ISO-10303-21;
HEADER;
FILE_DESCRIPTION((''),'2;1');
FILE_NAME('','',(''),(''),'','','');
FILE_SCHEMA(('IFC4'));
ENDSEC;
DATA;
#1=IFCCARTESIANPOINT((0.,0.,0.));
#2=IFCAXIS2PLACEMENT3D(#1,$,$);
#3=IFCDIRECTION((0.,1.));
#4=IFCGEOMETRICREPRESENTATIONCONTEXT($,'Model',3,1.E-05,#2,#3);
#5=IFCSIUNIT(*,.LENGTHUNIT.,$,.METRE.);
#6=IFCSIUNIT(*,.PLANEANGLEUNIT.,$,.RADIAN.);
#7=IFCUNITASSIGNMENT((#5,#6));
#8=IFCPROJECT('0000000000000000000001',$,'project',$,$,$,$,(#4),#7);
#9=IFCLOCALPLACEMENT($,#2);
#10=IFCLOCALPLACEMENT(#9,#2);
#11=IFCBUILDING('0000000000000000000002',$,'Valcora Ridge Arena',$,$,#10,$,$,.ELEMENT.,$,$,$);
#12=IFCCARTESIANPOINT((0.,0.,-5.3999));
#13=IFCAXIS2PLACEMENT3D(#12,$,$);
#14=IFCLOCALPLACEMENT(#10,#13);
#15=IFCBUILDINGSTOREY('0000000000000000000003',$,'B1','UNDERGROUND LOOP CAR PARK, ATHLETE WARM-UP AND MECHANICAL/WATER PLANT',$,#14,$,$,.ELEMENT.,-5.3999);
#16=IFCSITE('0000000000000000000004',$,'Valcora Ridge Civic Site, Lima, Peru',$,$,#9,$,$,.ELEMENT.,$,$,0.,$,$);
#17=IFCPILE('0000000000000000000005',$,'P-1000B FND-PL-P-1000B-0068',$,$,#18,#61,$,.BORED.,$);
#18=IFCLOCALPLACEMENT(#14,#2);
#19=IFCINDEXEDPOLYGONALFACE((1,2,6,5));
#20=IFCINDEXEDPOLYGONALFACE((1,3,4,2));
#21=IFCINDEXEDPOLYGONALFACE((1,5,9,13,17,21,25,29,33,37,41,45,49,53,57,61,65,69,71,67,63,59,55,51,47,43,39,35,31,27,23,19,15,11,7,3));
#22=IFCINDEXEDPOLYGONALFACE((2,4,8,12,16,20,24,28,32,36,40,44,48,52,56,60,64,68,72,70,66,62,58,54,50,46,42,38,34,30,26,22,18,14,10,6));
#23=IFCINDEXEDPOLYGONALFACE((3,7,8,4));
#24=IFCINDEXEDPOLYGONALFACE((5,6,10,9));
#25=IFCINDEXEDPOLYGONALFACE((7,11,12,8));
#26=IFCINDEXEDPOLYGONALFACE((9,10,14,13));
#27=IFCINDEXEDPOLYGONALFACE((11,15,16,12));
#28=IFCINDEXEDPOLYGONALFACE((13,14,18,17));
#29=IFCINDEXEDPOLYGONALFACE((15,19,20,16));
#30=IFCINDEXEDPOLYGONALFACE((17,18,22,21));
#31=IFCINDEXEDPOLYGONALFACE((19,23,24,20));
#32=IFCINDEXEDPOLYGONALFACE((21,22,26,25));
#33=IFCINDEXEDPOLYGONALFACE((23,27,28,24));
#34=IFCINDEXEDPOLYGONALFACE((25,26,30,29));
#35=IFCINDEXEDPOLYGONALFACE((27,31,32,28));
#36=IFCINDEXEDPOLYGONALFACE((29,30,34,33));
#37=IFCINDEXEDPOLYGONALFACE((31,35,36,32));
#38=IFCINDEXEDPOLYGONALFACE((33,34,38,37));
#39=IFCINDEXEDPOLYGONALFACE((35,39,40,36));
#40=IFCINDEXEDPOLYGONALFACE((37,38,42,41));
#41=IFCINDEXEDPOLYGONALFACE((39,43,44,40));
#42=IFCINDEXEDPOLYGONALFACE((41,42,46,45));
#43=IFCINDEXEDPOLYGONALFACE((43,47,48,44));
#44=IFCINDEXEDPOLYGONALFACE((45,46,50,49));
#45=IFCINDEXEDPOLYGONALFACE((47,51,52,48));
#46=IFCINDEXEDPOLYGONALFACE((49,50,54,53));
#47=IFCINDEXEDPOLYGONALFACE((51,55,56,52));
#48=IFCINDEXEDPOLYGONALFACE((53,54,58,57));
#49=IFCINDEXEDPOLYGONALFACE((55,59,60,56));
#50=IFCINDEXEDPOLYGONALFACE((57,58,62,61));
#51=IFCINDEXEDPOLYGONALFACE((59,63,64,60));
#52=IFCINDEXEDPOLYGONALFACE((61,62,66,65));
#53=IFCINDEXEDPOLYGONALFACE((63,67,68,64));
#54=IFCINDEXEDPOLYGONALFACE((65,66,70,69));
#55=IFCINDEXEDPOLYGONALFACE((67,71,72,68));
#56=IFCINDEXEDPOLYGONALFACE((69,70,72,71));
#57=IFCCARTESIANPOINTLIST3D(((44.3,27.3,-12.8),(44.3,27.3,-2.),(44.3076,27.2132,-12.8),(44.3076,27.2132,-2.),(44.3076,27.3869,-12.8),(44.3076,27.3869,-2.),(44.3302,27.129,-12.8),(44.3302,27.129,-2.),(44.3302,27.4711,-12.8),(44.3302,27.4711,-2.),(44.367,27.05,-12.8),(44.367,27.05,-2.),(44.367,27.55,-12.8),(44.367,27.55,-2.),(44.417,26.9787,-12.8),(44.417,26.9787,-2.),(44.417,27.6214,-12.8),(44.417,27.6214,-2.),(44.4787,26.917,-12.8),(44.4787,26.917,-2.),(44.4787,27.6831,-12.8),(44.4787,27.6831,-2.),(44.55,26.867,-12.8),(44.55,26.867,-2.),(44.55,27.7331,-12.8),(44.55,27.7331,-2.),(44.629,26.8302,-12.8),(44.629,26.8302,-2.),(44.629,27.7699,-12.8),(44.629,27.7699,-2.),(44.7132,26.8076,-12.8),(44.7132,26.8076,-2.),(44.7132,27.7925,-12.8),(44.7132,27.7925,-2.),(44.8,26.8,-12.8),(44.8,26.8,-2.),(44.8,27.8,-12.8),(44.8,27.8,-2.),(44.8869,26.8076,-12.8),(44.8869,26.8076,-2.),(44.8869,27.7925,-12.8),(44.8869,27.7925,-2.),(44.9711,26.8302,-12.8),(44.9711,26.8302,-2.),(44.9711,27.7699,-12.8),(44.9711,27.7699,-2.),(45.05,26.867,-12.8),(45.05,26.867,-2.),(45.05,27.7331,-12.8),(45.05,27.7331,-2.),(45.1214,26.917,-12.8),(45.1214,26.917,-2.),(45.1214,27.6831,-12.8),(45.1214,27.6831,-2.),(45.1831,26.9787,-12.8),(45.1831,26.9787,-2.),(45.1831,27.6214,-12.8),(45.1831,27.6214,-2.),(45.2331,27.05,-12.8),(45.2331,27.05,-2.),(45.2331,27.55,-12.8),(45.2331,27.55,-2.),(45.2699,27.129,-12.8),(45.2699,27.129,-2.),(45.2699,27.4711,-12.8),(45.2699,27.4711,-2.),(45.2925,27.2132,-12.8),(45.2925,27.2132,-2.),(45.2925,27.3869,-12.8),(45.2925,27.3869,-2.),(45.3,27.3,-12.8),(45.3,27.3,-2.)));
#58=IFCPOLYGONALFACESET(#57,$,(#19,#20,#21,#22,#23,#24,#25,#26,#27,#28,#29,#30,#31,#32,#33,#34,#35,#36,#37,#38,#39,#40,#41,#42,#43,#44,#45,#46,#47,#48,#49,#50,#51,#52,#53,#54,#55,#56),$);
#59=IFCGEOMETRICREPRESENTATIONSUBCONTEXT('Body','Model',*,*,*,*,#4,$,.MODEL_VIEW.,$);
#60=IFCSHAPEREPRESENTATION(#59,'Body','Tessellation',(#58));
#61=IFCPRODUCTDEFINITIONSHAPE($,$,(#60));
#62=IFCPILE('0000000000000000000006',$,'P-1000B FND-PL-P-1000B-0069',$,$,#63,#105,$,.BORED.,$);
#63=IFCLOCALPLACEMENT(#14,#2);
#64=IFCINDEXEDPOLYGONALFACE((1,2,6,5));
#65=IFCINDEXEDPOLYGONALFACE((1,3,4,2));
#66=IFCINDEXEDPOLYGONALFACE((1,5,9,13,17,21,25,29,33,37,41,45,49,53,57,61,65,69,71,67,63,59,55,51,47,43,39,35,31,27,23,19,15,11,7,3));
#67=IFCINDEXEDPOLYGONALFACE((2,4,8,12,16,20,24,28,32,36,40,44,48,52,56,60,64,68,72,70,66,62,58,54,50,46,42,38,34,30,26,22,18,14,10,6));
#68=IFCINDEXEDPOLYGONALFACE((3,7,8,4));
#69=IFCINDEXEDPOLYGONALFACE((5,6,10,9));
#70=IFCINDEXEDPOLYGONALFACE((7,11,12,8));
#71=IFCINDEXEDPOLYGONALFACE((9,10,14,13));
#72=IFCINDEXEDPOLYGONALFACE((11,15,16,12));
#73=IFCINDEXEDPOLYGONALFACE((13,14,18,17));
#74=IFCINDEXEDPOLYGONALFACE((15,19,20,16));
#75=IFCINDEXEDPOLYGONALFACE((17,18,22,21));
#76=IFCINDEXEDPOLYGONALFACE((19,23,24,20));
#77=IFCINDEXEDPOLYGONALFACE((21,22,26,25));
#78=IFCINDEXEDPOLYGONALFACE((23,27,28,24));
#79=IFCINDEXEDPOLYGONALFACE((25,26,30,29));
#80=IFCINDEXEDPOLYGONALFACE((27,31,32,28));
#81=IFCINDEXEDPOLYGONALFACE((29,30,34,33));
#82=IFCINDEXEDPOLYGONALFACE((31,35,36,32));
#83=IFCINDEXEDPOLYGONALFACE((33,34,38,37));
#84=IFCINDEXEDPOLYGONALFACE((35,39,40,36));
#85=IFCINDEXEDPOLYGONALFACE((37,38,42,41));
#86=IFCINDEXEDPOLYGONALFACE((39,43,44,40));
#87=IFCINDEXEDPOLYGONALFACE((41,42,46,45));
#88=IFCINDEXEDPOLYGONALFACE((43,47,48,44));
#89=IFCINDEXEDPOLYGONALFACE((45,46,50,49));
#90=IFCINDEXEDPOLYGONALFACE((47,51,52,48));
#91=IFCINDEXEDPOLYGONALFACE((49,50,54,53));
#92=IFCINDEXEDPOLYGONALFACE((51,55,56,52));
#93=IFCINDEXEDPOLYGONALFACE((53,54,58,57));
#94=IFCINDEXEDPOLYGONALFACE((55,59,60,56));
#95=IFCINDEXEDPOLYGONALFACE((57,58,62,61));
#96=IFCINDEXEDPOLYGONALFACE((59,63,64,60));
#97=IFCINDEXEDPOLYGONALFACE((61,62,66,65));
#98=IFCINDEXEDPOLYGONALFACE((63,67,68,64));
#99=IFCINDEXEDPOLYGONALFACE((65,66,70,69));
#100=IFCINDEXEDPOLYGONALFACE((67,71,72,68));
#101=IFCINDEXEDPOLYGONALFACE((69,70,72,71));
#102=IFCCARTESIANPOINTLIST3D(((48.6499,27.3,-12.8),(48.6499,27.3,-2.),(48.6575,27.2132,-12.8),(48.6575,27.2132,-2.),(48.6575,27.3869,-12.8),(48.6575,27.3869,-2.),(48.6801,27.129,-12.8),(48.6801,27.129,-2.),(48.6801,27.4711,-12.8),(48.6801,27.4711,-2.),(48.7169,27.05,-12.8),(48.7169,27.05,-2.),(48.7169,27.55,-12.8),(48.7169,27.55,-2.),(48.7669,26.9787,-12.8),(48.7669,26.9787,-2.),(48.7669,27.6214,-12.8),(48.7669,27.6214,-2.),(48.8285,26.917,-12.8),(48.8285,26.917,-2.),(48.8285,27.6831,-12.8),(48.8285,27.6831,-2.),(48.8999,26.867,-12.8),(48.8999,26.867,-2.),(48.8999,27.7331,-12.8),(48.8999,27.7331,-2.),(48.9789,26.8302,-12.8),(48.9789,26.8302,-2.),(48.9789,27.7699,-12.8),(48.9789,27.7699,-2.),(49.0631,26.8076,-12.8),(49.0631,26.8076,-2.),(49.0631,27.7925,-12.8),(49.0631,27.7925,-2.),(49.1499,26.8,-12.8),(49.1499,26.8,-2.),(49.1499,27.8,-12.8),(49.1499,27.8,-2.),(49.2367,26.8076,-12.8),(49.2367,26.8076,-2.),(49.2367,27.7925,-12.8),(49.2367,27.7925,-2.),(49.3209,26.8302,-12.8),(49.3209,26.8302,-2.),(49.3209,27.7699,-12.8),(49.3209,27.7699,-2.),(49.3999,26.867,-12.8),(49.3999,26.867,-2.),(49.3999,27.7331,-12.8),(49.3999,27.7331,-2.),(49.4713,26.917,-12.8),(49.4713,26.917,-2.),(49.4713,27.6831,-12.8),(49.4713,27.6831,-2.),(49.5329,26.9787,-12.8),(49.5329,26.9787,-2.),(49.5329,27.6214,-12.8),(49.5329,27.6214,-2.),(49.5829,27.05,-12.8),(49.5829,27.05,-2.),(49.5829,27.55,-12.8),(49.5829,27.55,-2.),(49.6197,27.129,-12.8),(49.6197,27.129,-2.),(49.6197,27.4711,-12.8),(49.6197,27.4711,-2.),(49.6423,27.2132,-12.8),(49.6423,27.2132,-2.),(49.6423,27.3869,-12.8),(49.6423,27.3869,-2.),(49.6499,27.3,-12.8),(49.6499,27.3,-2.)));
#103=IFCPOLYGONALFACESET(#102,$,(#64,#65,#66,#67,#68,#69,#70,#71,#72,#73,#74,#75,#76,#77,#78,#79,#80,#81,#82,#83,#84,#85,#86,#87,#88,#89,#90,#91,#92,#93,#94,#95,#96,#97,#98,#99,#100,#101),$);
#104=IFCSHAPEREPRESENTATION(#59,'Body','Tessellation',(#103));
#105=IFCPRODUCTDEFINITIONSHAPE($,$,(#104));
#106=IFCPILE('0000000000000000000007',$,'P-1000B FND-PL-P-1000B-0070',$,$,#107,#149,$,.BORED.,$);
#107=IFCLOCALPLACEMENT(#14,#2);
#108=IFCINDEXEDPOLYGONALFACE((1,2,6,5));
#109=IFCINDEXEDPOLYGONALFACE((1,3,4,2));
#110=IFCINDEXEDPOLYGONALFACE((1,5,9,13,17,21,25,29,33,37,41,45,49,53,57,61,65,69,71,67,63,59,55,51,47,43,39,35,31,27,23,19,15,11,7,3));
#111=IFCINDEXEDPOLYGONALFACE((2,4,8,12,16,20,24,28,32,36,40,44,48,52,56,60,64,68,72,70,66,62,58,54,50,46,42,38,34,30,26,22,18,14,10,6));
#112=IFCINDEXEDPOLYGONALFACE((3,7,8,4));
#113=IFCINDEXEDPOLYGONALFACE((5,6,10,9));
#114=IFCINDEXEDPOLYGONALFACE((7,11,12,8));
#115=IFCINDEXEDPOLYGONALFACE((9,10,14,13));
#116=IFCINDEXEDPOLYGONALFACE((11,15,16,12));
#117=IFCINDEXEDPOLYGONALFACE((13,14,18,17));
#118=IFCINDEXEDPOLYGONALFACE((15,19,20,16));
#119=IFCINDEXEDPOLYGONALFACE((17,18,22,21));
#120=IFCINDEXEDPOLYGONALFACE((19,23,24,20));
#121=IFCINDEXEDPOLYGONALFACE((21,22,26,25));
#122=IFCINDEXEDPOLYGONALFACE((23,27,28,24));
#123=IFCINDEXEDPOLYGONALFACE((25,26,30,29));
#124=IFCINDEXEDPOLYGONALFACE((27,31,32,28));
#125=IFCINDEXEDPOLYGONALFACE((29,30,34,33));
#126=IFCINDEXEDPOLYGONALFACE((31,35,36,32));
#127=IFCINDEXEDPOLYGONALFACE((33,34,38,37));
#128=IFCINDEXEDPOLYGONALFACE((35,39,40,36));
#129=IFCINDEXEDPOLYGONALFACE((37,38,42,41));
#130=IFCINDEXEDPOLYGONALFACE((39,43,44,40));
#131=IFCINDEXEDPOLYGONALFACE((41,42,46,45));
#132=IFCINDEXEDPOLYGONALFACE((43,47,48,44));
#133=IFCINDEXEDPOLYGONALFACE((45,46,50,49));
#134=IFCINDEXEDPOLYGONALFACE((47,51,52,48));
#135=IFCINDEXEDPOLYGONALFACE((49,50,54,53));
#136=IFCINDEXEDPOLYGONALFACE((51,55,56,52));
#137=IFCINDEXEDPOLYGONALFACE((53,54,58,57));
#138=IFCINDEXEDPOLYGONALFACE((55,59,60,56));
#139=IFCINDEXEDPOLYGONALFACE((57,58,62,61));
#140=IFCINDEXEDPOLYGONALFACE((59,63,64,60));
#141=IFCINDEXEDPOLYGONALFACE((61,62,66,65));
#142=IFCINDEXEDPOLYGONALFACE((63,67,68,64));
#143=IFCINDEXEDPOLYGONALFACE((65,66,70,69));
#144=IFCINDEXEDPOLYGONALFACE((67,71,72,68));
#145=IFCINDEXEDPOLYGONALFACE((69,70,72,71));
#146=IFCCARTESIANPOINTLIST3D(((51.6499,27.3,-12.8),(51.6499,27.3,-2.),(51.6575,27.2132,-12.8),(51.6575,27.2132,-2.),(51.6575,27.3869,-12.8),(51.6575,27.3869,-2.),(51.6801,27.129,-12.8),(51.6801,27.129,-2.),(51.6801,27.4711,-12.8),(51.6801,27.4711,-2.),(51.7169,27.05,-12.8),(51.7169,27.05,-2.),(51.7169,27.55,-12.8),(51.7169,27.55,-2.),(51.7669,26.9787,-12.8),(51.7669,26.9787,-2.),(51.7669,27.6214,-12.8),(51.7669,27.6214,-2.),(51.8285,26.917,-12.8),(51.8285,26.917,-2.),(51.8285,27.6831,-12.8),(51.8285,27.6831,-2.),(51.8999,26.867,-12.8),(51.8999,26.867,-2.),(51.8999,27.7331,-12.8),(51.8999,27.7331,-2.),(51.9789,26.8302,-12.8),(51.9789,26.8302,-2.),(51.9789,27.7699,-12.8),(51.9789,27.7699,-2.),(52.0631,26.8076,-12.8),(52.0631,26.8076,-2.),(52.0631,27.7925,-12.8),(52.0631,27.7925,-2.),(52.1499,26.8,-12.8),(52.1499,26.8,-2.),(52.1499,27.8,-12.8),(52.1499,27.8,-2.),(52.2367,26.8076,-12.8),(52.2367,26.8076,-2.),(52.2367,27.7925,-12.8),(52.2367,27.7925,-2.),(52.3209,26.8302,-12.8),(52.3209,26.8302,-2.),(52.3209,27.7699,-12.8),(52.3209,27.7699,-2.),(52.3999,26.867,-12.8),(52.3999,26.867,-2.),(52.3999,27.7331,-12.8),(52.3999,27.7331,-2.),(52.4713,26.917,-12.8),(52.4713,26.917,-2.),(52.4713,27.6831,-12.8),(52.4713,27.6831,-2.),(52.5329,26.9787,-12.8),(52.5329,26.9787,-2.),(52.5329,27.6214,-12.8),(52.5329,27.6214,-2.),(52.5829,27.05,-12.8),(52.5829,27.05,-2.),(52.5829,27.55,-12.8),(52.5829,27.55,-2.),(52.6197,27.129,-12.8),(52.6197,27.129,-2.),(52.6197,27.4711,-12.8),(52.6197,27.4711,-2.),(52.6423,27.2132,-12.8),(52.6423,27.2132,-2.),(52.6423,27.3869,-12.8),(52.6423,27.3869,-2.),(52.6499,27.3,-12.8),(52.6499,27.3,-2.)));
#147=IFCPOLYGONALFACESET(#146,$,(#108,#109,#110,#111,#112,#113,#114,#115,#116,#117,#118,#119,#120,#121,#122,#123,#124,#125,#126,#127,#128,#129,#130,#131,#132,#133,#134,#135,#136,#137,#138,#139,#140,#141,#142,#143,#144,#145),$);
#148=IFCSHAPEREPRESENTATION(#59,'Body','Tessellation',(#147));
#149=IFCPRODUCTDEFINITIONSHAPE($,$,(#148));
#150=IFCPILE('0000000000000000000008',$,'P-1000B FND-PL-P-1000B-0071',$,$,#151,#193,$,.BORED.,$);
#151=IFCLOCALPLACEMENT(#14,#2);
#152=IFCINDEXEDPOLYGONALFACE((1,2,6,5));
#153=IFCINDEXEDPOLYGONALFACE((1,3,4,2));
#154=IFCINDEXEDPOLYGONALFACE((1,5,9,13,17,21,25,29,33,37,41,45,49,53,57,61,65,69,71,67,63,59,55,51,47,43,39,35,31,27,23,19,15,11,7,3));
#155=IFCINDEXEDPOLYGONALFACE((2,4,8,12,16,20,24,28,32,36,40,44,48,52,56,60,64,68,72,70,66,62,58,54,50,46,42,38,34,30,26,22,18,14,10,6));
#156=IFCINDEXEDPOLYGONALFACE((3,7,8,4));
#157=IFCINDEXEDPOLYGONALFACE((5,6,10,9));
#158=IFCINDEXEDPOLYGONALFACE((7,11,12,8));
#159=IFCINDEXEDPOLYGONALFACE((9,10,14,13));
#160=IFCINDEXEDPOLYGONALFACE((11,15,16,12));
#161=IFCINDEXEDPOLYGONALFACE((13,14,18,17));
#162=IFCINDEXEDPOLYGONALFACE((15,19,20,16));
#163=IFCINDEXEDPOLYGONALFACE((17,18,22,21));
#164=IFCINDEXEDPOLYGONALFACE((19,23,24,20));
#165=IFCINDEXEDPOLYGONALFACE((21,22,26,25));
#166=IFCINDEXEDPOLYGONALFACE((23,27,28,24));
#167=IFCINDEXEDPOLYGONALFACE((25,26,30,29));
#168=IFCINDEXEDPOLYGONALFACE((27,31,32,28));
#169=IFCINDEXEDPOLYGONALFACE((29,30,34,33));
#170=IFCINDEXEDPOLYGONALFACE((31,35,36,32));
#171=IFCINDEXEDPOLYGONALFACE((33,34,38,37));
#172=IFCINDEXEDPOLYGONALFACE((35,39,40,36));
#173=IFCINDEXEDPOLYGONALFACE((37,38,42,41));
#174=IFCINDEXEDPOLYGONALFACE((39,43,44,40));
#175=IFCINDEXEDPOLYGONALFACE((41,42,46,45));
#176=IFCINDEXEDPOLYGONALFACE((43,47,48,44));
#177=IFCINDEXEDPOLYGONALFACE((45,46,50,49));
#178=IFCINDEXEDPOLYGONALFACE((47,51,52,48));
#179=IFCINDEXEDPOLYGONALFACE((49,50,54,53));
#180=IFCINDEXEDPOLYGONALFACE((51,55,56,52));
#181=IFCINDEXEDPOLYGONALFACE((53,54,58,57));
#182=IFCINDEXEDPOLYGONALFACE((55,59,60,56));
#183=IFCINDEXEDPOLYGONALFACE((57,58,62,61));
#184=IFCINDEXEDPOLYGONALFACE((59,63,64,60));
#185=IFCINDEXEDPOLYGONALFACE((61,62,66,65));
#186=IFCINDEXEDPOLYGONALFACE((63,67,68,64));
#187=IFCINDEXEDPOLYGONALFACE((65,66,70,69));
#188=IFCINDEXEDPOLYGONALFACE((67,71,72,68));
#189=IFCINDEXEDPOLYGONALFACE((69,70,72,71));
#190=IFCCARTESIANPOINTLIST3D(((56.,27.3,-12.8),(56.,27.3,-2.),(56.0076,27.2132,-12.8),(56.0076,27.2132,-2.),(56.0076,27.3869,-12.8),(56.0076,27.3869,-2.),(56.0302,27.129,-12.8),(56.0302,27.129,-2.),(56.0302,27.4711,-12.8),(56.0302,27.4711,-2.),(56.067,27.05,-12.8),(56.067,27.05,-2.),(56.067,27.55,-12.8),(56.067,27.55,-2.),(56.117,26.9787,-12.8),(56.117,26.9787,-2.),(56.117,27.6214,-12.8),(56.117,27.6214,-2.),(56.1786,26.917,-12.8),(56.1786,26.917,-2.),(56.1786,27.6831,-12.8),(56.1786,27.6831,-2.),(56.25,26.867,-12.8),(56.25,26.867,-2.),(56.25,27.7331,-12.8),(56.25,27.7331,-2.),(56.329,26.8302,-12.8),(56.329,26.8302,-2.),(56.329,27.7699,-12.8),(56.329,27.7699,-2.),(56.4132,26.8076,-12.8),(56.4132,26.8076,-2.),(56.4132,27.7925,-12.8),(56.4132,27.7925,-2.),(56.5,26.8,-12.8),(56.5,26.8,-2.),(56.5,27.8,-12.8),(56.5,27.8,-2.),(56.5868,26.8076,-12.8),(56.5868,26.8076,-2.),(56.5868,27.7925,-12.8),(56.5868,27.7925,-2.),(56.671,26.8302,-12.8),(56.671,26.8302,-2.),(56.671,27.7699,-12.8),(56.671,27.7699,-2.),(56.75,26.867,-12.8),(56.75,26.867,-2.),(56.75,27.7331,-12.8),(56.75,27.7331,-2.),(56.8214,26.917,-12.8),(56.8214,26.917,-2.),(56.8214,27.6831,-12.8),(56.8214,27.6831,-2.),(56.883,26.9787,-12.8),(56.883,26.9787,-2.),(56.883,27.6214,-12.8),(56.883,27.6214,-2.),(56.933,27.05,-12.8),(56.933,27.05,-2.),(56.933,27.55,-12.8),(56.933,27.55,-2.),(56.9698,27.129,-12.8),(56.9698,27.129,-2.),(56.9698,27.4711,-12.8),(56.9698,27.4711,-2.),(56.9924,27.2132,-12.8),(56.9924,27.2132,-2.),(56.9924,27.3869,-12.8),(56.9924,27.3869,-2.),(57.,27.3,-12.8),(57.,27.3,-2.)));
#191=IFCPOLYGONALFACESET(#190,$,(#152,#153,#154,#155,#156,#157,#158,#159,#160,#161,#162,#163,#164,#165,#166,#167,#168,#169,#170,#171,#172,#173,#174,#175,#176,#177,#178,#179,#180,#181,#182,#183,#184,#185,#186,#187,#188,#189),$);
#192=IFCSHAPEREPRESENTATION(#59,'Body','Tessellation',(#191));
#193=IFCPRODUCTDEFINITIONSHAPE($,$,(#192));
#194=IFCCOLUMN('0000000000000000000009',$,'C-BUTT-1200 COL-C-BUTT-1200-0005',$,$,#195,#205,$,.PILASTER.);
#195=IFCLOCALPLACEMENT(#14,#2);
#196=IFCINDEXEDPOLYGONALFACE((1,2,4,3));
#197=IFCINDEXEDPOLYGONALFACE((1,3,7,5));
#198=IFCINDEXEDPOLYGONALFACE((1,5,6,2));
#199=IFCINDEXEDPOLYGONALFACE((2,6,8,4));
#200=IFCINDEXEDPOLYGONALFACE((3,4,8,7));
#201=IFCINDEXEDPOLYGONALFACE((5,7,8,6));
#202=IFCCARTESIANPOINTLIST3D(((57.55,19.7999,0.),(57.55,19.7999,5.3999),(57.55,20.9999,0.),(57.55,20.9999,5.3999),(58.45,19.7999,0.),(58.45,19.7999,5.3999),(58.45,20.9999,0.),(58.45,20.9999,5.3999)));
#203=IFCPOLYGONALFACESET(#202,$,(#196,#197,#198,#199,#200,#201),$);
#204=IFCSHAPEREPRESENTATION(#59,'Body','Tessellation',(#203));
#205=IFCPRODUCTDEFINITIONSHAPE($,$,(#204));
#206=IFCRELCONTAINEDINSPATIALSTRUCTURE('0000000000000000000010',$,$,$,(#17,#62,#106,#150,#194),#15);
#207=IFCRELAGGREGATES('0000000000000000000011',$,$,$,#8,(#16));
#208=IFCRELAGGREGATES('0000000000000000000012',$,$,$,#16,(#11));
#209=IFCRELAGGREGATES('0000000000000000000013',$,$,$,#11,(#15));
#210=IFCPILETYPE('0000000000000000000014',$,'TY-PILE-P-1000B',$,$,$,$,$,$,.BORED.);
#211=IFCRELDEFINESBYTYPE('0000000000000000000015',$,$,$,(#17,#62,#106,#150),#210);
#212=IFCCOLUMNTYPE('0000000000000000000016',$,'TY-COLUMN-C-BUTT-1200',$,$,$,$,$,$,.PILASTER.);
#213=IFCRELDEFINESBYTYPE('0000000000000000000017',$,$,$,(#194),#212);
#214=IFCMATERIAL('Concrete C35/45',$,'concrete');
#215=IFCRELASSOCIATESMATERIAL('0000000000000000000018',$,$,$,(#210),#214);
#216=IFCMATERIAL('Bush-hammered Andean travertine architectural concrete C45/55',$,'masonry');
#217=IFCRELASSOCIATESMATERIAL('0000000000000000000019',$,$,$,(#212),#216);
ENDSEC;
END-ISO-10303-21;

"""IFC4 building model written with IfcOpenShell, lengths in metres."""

from ifc_helpers import new_model, si_unit, direction, frame, origin, origin_2d, place, context, subcontext, project, spatial, rectangle, circle, extrude, material, material_profile, profile_set, type_object, element, save


model = new_model("IFC4")

# Units and contexts
model_context = context("Model", 3, precision=1e-05, world=origin(), true_north=direction((0.0, 1.0)))
body_context = subcontext(model_context, "Body", "Model", "MODEL_VIEW")
ifc_project = project(units=[si_unit("LENGTHUNIT", "METRE"), si_unit("PLANEANGLEUNIT", "RADIAN")], contexts=[model_context])

# Site, building, storey
site_placement = place(None, origin())
site = spatial("IfcSite", under=ifc_project, at=site_placement, Name="Valcora Ridge Civic Site, Lima, Peru", CompositionType="ELEMENT", RefElevation=0.0)
building_placement = place(site_placement, origin())
building = spatial("IfcBuilding", under=site, at=building_placement, Name="Valcora Ridge Arena", CompositionType="ELEMENT")
storey_placement = place(building_placement, frame((0.0, 0.0, -5.3999)))
storey = spatial("IfcBuildingStorey", under=building, at=storey_placement, Name="B1", Description="UNDERGROUND LOOP CAR PARK, ATHLETE WARM-UP AND MECHANICAL/WATER PLANT", CompositionType="ELEMENT", Elevation=-5.3999)

# Piles
ifc_material_1 = material(Name="Concrete C35/45", Category="concrete")
ifc_material_profile_1 = material_profile(ifc_material_1, circle(Radius=0.5, at=origin_2d()), Name="BORED PILE D1000")
ifc_profile_set_1 = profile_set([ifc_material_profile_1], Name="Concrete C35/45")
pile_type_1 = type_object("IfcPileType", Name="TY-PILE-P-1000B", PredefinedType="BORED", material=ifc_profile_set_1)
for number, where, z_axis, x_axis, name in (
    (1, (44.8, 27.3, -2.0), (0.0, 0.0, -1.0), (1.0, 0.0, 0.0), "P-1000B FND-PL-P-1000B-0068"),
    (2, (49.1499, 27.3, -2.0), (0.0, 0.0, -1.0), (1.0, 0.0, 0.0), "P-1000B FND-PL-P-1000B-0069"),
    (3, (52.1499, 27.3, -2.0), (0.0, 0.0, -1.0), (1.0, 0.0, 0.0), "P-1000B FND-PL-P-1000B-0070"),
    (4, (56.5, 27.3, -2.0), (0.0, 0.0, -1.0), (1.0, 0.0, 0.0), "P-1000B FND-PL-P-1000B-0071"),
):
    element("IfcPile", number, at=place(storey_placement, frame(where, z_axis=z_axis, x_axis=x_axis)), inside=storey, type_object=pile_type_1, Name=name, PredefinedType="BORED", context=body_context, shape_type="SweptSolid", body=[
        extrude(circle(Radius=0.5, at=origin_2d()), origin(), (0.0, 0.0, 1.0), 10.8),
    ])

# Column
ifc_material_2 = material(Name="Bush-hammered Andean travertine architectural concrete C45/55", Category="masonry")
ifc_material_profile_2 = material_profile(ifc_material_2, rectangle(XDim=0.8999, YDim=1.2, at=origin_2d()), Name="RC 900x1200")
ifc_profile_set_2 = profile_set([ifc_material_profile_2], Name="Bush-hammered Andean travertine architectural concrete C45/55")
column_type_1 = type_object("IfcColumnType", Name="TY-COLUMN-C-BUTT-1200", PredefinedType="PILASTER", material=ifc_profile_set_2)
column_placement = place(storey_placement, frame((58.0, 20.3999, 0.0), z_axis=(0.0, 0.0, 1.0), x_axis=(1.0, 0.0, 0.0)))
element("IfcColumn", 5, at=column_placement, inside=storey, type_object=column_type_1, Name="C-BUTT-1200 COL-C-BUTT-1200-0005", PredefinedType="PILASTER", context=body_context, shape_type="SweptSolid", body=[
    extrude(rectangle(XDim=0.8999, YDim=1.2, at=origin_2d()), origin(), (0.0, 0.0, 1.0), 5.3999),
])

save(model, "model.ifc")
